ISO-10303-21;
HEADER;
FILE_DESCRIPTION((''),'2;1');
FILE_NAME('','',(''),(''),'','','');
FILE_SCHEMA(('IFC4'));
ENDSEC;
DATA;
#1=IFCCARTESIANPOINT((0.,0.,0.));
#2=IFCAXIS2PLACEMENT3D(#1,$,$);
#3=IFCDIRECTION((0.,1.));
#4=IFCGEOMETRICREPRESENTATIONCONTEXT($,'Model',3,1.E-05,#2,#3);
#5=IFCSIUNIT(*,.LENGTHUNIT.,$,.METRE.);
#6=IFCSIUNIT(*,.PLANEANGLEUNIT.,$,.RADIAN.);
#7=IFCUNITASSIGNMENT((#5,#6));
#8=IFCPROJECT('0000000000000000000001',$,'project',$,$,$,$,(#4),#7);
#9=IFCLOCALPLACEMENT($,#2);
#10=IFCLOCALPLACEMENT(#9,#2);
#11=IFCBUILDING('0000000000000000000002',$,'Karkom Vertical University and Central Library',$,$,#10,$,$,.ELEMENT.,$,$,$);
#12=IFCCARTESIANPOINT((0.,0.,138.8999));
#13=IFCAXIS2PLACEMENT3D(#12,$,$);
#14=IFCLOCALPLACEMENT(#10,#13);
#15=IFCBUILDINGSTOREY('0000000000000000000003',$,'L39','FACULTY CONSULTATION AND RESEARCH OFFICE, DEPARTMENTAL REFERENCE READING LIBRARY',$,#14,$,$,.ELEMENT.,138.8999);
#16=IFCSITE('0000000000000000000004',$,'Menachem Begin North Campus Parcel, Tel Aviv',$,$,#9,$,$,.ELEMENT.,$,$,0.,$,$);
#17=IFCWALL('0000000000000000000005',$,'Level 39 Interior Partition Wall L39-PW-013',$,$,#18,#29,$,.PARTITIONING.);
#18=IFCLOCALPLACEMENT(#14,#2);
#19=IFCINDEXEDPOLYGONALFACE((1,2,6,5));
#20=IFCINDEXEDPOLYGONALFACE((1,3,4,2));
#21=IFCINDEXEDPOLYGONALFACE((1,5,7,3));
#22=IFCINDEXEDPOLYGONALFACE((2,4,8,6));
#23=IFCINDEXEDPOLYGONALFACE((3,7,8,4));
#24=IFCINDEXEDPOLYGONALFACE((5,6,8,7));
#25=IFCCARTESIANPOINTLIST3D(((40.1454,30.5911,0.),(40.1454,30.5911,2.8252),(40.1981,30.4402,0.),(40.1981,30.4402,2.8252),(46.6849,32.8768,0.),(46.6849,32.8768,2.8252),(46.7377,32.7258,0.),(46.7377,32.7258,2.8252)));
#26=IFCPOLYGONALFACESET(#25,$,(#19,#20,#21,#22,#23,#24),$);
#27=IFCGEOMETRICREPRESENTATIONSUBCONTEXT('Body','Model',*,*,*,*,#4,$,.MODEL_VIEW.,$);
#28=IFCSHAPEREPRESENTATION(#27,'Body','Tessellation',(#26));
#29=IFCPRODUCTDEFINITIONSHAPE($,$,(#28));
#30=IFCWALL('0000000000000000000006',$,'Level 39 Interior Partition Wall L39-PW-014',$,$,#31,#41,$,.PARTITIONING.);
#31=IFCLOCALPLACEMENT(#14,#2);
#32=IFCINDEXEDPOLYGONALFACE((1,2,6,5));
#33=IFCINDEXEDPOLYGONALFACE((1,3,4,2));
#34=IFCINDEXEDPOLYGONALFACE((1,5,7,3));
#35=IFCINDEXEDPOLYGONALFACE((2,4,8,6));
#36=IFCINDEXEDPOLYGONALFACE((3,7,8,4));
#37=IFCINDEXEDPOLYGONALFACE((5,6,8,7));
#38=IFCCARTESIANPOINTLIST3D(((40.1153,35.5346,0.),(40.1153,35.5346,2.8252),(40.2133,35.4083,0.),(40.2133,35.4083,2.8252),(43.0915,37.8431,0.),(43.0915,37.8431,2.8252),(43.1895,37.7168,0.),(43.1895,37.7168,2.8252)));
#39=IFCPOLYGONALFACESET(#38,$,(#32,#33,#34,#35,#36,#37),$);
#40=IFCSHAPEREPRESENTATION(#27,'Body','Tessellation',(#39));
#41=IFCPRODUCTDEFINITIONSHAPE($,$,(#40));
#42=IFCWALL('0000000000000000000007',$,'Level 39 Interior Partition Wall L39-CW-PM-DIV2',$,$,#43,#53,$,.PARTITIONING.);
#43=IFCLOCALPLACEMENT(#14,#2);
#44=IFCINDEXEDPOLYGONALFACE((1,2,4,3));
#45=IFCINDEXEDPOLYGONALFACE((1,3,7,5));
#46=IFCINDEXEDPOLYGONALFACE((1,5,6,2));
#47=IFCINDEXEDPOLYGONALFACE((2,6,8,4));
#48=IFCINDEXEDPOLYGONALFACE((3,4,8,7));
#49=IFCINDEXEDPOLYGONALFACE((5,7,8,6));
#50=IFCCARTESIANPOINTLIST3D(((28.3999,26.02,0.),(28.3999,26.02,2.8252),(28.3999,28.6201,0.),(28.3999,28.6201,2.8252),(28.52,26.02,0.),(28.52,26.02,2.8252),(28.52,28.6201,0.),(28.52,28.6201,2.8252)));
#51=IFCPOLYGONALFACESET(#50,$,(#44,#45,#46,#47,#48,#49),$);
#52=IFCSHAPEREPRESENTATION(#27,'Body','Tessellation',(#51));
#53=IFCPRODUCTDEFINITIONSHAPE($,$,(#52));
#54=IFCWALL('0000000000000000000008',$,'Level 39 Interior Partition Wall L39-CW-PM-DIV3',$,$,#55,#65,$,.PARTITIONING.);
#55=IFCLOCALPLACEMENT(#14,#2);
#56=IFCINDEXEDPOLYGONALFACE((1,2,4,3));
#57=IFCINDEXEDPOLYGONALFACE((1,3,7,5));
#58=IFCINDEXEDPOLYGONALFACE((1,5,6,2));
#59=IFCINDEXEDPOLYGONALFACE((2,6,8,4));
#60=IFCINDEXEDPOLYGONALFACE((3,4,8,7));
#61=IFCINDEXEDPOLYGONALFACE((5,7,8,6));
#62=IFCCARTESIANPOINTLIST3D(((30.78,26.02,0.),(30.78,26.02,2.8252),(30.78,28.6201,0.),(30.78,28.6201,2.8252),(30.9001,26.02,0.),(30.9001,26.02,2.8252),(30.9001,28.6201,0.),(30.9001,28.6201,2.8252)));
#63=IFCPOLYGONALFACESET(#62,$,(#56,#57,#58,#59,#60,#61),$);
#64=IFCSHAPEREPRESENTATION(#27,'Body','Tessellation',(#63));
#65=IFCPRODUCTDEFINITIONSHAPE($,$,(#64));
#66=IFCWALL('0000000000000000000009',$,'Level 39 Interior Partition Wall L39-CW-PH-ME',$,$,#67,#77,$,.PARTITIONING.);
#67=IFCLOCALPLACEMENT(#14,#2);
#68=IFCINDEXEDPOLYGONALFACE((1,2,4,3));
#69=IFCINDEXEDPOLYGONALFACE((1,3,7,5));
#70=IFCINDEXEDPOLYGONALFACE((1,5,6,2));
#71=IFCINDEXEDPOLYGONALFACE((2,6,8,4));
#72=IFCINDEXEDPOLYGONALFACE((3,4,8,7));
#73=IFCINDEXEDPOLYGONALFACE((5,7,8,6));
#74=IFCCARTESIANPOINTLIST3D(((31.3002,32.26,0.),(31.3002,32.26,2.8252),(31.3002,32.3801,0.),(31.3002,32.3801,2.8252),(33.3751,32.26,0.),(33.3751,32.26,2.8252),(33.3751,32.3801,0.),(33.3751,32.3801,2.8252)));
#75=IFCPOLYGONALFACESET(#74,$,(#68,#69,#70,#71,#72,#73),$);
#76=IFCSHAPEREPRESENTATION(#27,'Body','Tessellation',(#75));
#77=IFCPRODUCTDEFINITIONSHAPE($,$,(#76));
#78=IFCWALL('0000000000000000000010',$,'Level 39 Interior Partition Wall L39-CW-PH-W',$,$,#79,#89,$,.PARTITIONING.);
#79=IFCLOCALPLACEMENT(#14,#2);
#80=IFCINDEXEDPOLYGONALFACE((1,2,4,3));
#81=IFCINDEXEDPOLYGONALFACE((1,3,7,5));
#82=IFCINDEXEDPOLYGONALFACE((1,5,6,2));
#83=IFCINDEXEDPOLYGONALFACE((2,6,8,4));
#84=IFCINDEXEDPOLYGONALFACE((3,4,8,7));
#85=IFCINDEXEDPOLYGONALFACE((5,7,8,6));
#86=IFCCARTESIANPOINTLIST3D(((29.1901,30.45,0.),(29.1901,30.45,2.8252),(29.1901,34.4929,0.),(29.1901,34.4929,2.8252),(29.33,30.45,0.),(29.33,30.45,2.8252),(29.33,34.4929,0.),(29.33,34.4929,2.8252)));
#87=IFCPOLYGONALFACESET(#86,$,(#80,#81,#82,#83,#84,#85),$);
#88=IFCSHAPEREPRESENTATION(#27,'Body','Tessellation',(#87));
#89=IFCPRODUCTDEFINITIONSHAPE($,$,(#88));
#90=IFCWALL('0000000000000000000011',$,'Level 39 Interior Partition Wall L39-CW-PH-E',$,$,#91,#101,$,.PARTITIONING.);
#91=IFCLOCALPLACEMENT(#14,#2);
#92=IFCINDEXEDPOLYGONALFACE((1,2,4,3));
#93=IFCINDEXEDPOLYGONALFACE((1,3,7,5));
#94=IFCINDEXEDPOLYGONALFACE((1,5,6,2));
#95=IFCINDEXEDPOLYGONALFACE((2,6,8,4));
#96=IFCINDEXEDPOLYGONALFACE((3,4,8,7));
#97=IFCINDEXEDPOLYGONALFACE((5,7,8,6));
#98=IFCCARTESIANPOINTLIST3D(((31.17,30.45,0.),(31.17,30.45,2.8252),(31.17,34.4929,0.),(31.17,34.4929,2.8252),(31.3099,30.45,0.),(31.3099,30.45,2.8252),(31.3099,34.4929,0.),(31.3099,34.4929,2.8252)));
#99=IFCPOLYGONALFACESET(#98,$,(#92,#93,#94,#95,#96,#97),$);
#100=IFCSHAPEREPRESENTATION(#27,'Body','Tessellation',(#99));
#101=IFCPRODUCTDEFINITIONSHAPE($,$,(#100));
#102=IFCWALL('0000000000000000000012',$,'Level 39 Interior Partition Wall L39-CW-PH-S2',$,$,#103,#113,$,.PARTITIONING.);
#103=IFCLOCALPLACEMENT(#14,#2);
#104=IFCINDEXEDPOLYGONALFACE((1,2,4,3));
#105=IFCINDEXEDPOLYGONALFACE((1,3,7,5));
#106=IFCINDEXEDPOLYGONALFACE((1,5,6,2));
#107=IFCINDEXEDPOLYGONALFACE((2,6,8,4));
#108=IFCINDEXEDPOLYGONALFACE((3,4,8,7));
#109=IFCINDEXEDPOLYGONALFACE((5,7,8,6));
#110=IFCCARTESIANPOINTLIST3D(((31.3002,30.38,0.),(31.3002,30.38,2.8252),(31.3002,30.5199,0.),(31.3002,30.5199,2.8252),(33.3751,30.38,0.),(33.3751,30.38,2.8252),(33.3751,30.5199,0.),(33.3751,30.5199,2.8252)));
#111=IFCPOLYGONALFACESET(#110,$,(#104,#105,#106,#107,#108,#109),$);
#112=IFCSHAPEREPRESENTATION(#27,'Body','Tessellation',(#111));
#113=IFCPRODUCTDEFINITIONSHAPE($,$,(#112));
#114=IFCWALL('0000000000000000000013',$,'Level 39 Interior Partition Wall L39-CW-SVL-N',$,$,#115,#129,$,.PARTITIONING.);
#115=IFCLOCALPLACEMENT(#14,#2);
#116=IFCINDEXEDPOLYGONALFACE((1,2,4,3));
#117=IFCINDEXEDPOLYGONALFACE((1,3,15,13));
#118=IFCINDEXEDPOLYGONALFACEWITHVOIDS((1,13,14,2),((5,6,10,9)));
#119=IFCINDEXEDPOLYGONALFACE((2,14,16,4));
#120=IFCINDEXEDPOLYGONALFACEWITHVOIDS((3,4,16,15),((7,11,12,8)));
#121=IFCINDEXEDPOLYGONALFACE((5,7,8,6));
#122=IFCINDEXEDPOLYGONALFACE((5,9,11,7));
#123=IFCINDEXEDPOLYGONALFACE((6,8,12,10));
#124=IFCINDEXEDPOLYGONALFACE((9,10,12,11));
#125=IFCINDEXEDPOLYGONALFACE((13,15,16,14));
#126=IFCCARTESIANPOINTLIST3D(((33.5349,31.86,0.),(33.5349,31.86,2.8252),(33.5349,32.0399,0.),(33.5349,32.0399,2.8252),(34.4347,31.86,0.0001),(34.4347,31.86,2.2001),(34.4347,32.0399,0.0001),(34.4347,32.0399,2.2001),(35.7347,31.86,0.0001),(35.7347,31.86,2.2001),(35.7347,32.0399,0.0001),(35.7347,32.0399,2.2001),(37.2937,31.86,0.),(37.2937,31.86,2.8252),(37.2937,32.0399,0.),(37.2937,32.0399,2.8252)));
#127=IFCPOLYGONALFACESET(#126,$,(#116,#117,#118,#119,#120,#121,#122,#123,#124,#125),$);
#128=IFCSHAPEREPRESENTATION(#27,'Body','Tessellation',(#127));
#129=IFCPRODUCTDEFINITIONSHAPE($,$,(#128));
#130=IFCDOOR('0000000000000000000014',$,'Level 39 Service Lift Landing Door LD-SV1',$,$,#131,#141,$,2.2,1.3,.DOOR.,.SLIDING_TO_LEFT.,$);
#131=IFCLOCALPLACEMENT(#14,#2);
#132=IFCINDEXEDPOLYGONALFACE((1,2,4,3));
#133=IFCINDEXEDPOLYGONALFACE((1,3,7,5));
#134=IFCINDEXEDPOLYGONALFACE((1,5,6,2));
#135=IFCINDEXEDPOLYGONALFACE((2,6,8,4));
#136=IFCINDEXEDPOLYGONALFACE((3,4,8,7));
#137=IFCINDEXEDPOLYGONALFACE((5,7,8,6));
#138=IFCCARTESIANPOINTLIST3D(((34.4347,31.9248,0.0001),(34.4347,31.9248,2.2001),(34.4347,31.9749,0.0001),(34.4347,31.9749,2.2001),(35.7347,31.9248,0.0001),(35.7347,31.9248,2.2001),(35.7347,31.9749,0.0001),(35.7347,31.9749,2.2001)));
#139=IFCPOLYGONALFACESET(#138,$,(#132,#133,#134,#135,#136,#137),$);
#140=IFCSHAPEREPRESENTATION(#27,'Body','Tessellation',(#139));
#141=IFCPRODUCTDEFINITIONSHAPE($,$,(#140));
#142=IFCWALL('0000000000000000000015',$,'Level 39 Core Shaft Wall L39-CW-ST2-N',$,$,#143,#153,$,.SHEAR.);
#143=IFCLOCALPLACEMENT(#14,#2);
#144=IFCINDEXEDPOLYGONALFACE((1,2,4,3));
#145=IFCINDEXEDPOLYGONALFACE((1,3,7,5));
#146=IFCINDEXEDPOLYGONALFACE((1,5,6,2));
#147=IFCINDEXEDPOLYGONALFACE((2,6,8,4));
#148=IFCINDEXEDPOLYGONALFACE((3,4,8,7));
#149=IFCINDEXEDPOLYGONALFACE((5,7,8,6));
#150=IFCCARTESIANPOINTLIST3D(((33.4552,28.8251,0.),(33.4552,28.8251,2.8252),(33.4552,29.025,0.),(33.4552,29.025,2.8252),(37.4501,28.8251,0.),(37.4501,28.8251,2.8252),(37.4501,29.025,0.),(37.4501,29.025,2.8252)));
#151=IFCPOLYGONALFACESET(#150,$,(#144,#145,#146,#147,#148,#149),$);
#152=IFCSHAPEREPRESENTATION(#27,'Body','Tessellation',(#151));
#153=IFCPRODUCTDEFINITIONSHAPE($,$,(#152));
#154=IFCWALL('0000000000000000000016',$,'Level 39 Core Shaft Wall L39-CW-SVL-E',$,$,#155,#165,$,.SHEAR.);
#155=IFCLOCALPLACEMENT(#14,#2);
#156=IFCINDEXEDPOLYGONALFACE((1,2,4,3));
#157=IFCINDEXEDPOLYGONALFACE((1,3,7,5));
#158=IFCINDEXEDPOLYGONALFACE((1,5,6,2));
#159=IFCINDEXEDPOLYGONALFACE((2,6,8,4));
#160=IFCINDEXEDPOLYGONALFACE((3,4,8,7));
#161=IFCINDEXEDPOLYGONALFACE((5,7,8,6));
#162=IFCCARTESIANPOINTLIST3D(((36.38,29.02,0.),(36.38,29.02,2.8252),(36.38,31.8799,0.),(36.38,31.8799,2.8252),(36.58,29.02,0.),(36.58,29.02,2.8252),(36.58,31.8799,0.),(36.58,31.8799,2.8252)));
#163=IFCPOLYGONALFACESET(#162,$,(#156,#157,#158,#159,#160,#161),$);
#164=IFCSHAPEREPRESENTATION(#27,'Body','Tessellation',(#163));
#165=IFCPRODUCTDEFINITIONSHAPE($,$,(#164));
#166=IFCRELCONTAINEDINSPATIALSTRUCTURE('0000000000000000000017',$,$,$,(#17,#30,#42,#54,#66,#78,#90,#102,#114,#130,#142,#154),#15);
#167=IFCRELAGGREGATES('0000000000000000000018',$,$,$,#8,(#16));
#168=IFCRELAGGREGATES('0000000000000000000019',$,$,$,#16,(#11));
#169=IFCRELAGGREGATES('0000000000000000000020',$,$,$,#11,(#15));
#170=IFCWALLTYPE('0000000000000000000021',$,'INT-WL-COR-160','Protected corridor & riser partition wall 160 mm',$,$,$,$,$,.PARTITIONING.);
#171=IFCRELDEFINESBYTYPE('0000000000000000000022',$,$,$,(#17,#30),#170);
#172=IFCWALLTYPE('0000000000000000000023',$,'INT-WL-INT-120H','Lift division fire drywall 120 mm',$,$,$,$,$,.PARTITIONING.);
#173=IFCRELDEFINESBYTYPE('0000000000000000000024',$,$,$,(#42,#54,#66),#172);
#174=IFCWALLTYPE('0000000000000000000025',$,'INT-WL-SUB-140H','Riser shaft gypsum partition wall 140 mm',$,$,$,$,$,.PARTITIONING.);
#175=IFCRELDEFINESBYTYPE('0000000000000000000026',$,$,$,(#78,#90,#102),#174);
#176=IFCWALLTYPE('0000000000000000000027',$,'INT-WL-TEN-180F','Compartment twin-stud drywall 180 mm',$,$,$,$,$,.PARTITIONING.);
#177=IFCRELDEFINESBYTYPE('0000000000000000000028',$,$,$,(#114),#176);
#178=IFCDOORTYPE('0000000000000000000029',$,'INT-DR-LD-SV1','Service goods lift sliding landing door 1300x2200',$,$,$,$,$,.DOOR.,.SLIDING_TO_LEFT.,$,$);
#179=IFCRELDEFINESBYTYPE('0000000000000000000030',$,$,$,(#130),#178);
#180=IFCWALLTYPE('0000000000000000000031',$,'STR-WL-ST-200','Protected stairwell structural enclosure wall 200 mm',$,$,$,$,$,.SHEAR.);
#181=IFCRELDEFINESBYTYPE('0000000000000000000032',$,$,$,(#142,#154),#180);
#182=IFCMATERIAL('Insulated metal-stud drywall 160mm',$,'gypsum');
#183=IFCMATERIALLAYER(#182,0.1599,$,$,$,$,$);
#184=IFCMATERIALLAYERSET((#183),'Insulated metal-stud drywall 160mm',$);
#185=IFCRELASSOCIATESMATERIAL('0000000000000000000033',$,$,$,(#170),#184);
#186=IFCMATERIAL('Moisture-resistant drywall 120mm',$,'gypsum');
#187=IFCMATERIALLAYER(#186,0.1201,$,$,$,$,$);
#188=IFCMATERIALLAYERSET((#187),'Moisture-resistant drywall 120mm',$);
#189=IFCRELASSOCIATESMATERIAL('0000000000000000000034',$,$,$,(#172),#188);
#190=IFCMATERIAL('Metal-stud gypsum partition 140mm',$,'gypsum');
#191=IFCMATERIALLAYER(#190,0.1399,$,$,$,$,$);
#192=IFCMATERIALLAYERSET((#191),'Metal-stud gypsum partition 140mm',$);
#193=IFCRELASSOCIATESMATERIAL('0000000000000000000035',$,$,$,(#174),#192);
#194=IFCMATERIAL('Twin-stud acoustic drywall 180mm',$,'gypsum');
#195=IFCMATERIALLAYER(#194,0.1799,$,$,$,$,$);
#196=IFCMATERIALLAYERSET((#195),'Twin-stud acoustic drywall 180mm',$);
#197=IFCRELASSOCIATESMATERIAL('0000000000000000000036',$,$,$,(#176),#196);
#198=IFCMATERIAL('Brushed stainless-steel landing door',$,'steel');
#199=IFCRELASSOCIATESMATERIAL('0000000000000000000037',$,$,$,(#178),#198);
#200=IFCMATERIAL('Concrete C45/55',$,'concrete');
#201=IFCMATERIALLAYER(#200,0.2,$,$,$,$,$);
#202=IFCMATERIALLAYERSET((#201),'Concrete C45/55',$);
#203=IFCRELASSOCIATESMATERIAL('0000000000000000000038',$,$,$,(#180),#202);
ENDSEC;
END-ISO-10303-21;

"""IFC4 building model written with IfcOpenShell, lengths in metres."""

from ifc_helpers import new_model, si_unit, direction, frame, frame_2d, origin, origin_with_axes, place, context, subcontext, project, spatial, rectangle, extrude, source, transform, mapped, material, layer, layer_set, type_object, element, fill, save


model = new_model("IFC4")

# Units and contexts
model_context = context("Model", 3, precision=1e-05, world=origin(), true_north=direction((0.0, 1.0)))
body_context = subcontext(model_context, "Body", "Model", "MODEL_VIEW")
ifc_project = project(units=[si_unit("LENGTHUNIT", "METRE"), si_unit("PLANEANGLEUNIT", "RADIAN")], contexts=[model_context])

# Site, building, storey
site_placement = place(None, origin())
site = spatial("IfcSite", under=ifc_project, at=site_placement, Name="Menachem Begin North Campus Parcel, Tel Aviv", CompositionType="ELEMENT", RefElevation=0.0)
building_placement = place(site_placement, origin())
building = spatial("IfcBuilding", under=site, at=building_placement, Name="Karkom Vertical University and Central Library", CompositionType="ELEMENT")
storey_placement = place(building_placement, frame((0.0, 0.0, 138.8999)))
storey = spatial("IfcBuildingStorey", under=building, at=storey_placement, Name="L39", Description="FACULTY CONSULTATION AND RESEARCH OFFICE, DEPARTMENTAL REFERENCE READING LIBRARY", CompositionType="ELEMENT", Elevation=138.8999)

# Walls
ifc_material_1 = material(Name="Insulated metal-stud drywall 160mm", Category="gypsum")
ifc_layer_1 = layer(ifc_material_1, 0.1599)
ifc_layer_set_1 = layer_set([ifc_layer_1], Name="Insulated metal-stud drywall 160mm")
wall_type_1 = type_object("IfcWallType", Name="INT-WL-COR-160", Description="Protected corridor & riser partition wall 160 mm", PredefinedType="PARTITIONING", material=ifc_layer_set_1)
wall_1_placement = place(storey_placement, frame((40.1716, 30.5156, 0.0), z_axis=(0.0, 0.0, 1.0), x_axis=(0.944002, 0.329939, 0.0)))
element("IfcWall", 1, at=wall_1_placement, inside=storey, type_object=wall_type_1, Name="Level 39 Interior Partition Wall L39-PW-013", PredefinedType="PARTITIONING", context=body_context, shape_type="SweptSolid", body=[
    extrude(rectangle(XDim=6.9275, YDim=0.1599, at=frame_2d((3.4639, 0.0))), origin(), (0.0, 0.0, 1.0), 2.8252),
])
wall_2_placement = place(storey_placement, frame((40.1643, 35.4714, 0.0), z_axis=(0.0, 0.0, 1.0), x_axis=(0.790165, 0.612895, 0.0)))
element("IfcWall", 2, at=wall_2_placement, inside=storey, type_object=wall_type_1, Name="Level 39 Interior Partition Wall L39-PW-014", PredefinedType="PARTITIONING", context=body_context, shape_type="SweptSolid", body=[
    extrude(rectangle(XDim=3.7666, YDim=0.1599, at=frame_2d((1.8833, 0.0))), origin(), (0.0, 0.0, 1.0), 2.8252),
])
ifc_material_2 = material(Name="Moisture-resistant drywall 120mm", Category="gypsum")
ifc_layer_2 = layer(ifc_material_2, 0.1201)
ifc_layer_set_2 = layer_set([ifc_layer_2], Name="Moisture-resistant drywall 120mm")
wall_type_2 = type_object("IfcWallType", Name="INT-WL-INT-120H", Description="Lift division fire drywall 120 mm", PredefinedType="PARTITIONING", material=ifc_layer_set_2)
for number, where, z_axis, x_axis, name in (
    (3, (28.46, 26.02, 0.0), (0.0, 0.0, 1.0), (0.0, 1.0, 0.0), "Level 39 Interior Partition Wall L39-CW-PM-DIV2"),
    (4, (30.8401, 26.02, 0.0), (0.0, 0.0, 1.0), (0.0, 1.0, 0.0), "Level 39 Interior Partition Wall L39-CW-PM-DIV3"),
):
    element("IfcWall", number, at=place(storey_placement, frame(where, z_axis=z_axis, x_axis=x_axis)), inside=storey, type_object=wall_type_2, Name=name, PredefinedType="PARTITIONING", context=body_context, shape_type="SweptSolid", body=[
        extrude(rectangle(XDim=2.6001, YDim=0.1201, at=frame_2d((1.3, 0.0))), origin(), (0.0, 0.0, 1.0), 2.8252),
    ])
wall_3_placement = place(storey_placement, frame((31.3, 32.3201, 0.0), z_axis=(0.0, 0.0, 1.0), x_axis=(1.0, 0.0, 0.0)))
element("IfcWall", 5, at=wall_3_placement, inside=storey, type_object=wall_type_2, Name="Level 39 Interior Partition Wall L39-CW-PH-ME", PredefinedType="PARTITIONING", context=body_context, shape_type="SweptSolid", body=[
    extrude(rectangle(XDim=2.075, YDim=0.1201, at=frame_2d((1.0376, 0.0))), origin(), (0.0, 0.0, 1.0), 2.8252),
])
ifc_material_3 = material(Name="Metal-stud gypsum partition 140mm", Category="gypsum")
ifc_layer_3 = layer(ifc_material_3, 0.1399)
ifc_layer_set_3 = layer_set([ifc_layer_3], Name="Metal-stud gypsum partition 140mm")
wall_type_3 = type_object("IfcWallType", Name="INT-WL-SUB-140H", Description="Riser shaft gypsum partition wall 140 mm", PredefinedType="PARTITIONING", material=ifc_layer_set_3)
for number, where, z_axis, x_axis, name in (
    (6, (29.26, 30.45, 0.0), (0.0, 0.0, 1.0), (0.0, 1.0, 0.0), "Level 39 Interior Partition Wall L39-CW-PH-W"),
    (7, (31.24, 30.45, 0.0), (0.0, 0.0, 1.0), (0.0, 1.0, 0.0), "Level 39 Interior Partition Wall L39-CW-PH-E"),
):
    element("IfcWall", number, at=place(storey_placement, frame(where, z_axis=z_axis, x_axis=x_axis)), inside=storey, type_object=wall_type_3, Name=name, PredefinedType="PARTITIONING", context=body_context, shape_type="SweptSolid", body=[
        extrude(rectangle(XDim=4.043, YDim=0.1399, at=frame_2d((2.0215, 0.0))), origin(), (0.0, 0.0, 1.0), 2.8252),
    ])
wall_4_placement = place(storey_placement, frame((31.3, 30.45, 0.0), z_axis=(0.0, 0.0, 1.0), x_axis=(1.0, 0.0, 0.0)))
element("IfcWall", 8, at=wall_4_placement, inside=storey, type_object=wall_type_3, Name="Level 39 Interior Partition Wall L39-CW-PH-S2", PredefinedType="PARTITIONING", context=body_context, shape_type="SweptSolid", body=[
    extrude(rectangle(XDim=2.075, YDim=0.1399, at=frame_2d((1.0376, 0.0))), origin(), (0.0, 0.0, 1.0), 2.8252),
])

# Wall, opening, door
ifc_material_4 = material(Name="Twin-stud acoustic drywall 180mm", Category="gypsum")
ifc_layer_4 = layer(ifc_material_4, 0.1799)
ifc_layer_set_4 = layer_set([ifc_layer_4], Name="Twin-stud acoustic drywall 180mm")
wall_type_4 = type_object("IfcWallType", Name="INT-WL-TEN-180F", Description="Compartment twin-stud drywall 180 mm", PredefinedType="PARTITIONING", material=ifc_layer_set_4)
wall_5_placement = place(storey_placement, frame((33.5349, 31.95, 0.0), z_axis=(0.0, 0.0, 1.0), x_axis=(1.0, 0.0, 0.0)))
wall_5 = element("IfcWall", 9, at=wall_5_placement, inside=storey, type_object=wall_type_4, Name="Level 39 Interior Partition Wall L39-CW-SVL-N", PredefinedType="PARTITIONING", context=body_context, shape_type="SweptSolid", body=[
    extrude(rectangle(XDim=3.7588, YDim=0.1799, at=frame_2d((1.8794, 0.0))), origin(), (0.0, 0.0, 1.0), 2.8252),
])
opening_1_placement = place(wall_5_placement, frame((0.8999, 0.0, 0.0)))
opening_1 = element("IfcOpeningElement", 10, at=opening_1_placement, cuts=wall_5, PredefinedType="OPENING", context=body_context, shape_type="SweptSolid", body=[
    extrude(rectangle(XDim=1.3, YDim=2.2, at=frame_2d((0.6499, 1.1001))), frame((0.0, 0.1001, 0.0), z_axis=(0.0, -1.0, 0.0), x_axis=(1.0, 0.0, 0.0)), (0.0, 0.0, 1.0), 0.2),
])
ifc_material_5 = material(Name="Brushed stainless-steel landing door", Category="steel")
door_type_1 = type_object("IfcDoorType", Name="INT-DR-LD-SV1", Description="Service goods lift sliding landing door 1300x2200", OperationType="SLIDING_TO_LEFT", PredefinedType="DOOR", material=ifc_material_5)
shared_shape_1 = source(origin_with_axes(), body_context, "Body", "SweptSolid", [
    extrude(rectangle(XDim=1.3, YDim=2.2, at=frame_2d((0.6499, 1.1001))), frame((0.0, 0.0249, 0.0), z_axis=(0.0, -1.0, 0.0), x_axis=(1.0, 0.0, 0.0)), (0.0, 0.0, 1.0), 0.05),
])
door_1_placement = place(opening_1_placement, origin())
door_1 = element("IfcDoor", 11, at=door_1_placement, inside=storey, type_object=door_type_1, Name="Level 39 Service Lift Landing Door LD-SV1", OperationType="SLIDING_TO_LEFT", OverallHeight=2.2, OverallWidth=1.3, PredefinedType="DOOR", context=body_context, shape_type="MappedRepresentation", body=[
    mapped(shared_shape_1, transform((0.0, 0.0, 0.0), scale=1.0)),
])
fill(opening_1, door_1)

# Walls
ifc_material_6 = material(Name="Concrete C45/55", Category="concrete")
ifc_layer_5 = layer(ifc_material_6, 0.2)
ifc_layer_set_5 = layer_set([ifc_layer_5], Name="Concrete C45/55")
wall_type_5 = type_object("IfcWallType", Name="STR-WL-ST-200", Description="Protected stairwell structural enclosure wall 200 mm", PredefinedType="SHEAR", material=ifc_layer_set_5)
wall_6_placement = place(storey_placement, frame((33.4551, 28.925, 0.0), z_axis=(0.0, 0.0, 1.0), x_axis=(1.0, 0.0, 0.0)))
element("IfcWall", 12, at=wall_6_placement, inside=storey, type_object=wall_type_5, Name="Level 39 Core Shaft Wall L39-CW-ST2-N", PredefinedType="SHEAR", context=body_context, shape_type="SweptSolid", body=[
    extrude(rectangle(XDim=3.9949, YDim=0.2, at=frame_2d((1.9976, 0.0))), origin(), (0.0, 0.0, 1.0), 2.8252),
])
wall_7_placement = place(storey_placement, frame((36.48, 29.02, 0.0), z_axis=(0.0, 0.0, 1.0), x_axis=(0.0, 1.0, 0.0)))
element("IfcWall", 13, at=wall_7_placement, inside=storey, type_object=wall_type_5, Name="Level 39 Core Shaft Wall L39-CW-SVL-E", PredefinedType="SHEAR", context=body_context, shape_type="SweptSolid", body=[
    extrude(rectangle(XDim=2.8599, YDim=0.2, at=frame_2d((1.4299, 0.0))), origin(), (0.0, 0.0, 1.0), 2.8252),
])

save(model, "model.ifc")
